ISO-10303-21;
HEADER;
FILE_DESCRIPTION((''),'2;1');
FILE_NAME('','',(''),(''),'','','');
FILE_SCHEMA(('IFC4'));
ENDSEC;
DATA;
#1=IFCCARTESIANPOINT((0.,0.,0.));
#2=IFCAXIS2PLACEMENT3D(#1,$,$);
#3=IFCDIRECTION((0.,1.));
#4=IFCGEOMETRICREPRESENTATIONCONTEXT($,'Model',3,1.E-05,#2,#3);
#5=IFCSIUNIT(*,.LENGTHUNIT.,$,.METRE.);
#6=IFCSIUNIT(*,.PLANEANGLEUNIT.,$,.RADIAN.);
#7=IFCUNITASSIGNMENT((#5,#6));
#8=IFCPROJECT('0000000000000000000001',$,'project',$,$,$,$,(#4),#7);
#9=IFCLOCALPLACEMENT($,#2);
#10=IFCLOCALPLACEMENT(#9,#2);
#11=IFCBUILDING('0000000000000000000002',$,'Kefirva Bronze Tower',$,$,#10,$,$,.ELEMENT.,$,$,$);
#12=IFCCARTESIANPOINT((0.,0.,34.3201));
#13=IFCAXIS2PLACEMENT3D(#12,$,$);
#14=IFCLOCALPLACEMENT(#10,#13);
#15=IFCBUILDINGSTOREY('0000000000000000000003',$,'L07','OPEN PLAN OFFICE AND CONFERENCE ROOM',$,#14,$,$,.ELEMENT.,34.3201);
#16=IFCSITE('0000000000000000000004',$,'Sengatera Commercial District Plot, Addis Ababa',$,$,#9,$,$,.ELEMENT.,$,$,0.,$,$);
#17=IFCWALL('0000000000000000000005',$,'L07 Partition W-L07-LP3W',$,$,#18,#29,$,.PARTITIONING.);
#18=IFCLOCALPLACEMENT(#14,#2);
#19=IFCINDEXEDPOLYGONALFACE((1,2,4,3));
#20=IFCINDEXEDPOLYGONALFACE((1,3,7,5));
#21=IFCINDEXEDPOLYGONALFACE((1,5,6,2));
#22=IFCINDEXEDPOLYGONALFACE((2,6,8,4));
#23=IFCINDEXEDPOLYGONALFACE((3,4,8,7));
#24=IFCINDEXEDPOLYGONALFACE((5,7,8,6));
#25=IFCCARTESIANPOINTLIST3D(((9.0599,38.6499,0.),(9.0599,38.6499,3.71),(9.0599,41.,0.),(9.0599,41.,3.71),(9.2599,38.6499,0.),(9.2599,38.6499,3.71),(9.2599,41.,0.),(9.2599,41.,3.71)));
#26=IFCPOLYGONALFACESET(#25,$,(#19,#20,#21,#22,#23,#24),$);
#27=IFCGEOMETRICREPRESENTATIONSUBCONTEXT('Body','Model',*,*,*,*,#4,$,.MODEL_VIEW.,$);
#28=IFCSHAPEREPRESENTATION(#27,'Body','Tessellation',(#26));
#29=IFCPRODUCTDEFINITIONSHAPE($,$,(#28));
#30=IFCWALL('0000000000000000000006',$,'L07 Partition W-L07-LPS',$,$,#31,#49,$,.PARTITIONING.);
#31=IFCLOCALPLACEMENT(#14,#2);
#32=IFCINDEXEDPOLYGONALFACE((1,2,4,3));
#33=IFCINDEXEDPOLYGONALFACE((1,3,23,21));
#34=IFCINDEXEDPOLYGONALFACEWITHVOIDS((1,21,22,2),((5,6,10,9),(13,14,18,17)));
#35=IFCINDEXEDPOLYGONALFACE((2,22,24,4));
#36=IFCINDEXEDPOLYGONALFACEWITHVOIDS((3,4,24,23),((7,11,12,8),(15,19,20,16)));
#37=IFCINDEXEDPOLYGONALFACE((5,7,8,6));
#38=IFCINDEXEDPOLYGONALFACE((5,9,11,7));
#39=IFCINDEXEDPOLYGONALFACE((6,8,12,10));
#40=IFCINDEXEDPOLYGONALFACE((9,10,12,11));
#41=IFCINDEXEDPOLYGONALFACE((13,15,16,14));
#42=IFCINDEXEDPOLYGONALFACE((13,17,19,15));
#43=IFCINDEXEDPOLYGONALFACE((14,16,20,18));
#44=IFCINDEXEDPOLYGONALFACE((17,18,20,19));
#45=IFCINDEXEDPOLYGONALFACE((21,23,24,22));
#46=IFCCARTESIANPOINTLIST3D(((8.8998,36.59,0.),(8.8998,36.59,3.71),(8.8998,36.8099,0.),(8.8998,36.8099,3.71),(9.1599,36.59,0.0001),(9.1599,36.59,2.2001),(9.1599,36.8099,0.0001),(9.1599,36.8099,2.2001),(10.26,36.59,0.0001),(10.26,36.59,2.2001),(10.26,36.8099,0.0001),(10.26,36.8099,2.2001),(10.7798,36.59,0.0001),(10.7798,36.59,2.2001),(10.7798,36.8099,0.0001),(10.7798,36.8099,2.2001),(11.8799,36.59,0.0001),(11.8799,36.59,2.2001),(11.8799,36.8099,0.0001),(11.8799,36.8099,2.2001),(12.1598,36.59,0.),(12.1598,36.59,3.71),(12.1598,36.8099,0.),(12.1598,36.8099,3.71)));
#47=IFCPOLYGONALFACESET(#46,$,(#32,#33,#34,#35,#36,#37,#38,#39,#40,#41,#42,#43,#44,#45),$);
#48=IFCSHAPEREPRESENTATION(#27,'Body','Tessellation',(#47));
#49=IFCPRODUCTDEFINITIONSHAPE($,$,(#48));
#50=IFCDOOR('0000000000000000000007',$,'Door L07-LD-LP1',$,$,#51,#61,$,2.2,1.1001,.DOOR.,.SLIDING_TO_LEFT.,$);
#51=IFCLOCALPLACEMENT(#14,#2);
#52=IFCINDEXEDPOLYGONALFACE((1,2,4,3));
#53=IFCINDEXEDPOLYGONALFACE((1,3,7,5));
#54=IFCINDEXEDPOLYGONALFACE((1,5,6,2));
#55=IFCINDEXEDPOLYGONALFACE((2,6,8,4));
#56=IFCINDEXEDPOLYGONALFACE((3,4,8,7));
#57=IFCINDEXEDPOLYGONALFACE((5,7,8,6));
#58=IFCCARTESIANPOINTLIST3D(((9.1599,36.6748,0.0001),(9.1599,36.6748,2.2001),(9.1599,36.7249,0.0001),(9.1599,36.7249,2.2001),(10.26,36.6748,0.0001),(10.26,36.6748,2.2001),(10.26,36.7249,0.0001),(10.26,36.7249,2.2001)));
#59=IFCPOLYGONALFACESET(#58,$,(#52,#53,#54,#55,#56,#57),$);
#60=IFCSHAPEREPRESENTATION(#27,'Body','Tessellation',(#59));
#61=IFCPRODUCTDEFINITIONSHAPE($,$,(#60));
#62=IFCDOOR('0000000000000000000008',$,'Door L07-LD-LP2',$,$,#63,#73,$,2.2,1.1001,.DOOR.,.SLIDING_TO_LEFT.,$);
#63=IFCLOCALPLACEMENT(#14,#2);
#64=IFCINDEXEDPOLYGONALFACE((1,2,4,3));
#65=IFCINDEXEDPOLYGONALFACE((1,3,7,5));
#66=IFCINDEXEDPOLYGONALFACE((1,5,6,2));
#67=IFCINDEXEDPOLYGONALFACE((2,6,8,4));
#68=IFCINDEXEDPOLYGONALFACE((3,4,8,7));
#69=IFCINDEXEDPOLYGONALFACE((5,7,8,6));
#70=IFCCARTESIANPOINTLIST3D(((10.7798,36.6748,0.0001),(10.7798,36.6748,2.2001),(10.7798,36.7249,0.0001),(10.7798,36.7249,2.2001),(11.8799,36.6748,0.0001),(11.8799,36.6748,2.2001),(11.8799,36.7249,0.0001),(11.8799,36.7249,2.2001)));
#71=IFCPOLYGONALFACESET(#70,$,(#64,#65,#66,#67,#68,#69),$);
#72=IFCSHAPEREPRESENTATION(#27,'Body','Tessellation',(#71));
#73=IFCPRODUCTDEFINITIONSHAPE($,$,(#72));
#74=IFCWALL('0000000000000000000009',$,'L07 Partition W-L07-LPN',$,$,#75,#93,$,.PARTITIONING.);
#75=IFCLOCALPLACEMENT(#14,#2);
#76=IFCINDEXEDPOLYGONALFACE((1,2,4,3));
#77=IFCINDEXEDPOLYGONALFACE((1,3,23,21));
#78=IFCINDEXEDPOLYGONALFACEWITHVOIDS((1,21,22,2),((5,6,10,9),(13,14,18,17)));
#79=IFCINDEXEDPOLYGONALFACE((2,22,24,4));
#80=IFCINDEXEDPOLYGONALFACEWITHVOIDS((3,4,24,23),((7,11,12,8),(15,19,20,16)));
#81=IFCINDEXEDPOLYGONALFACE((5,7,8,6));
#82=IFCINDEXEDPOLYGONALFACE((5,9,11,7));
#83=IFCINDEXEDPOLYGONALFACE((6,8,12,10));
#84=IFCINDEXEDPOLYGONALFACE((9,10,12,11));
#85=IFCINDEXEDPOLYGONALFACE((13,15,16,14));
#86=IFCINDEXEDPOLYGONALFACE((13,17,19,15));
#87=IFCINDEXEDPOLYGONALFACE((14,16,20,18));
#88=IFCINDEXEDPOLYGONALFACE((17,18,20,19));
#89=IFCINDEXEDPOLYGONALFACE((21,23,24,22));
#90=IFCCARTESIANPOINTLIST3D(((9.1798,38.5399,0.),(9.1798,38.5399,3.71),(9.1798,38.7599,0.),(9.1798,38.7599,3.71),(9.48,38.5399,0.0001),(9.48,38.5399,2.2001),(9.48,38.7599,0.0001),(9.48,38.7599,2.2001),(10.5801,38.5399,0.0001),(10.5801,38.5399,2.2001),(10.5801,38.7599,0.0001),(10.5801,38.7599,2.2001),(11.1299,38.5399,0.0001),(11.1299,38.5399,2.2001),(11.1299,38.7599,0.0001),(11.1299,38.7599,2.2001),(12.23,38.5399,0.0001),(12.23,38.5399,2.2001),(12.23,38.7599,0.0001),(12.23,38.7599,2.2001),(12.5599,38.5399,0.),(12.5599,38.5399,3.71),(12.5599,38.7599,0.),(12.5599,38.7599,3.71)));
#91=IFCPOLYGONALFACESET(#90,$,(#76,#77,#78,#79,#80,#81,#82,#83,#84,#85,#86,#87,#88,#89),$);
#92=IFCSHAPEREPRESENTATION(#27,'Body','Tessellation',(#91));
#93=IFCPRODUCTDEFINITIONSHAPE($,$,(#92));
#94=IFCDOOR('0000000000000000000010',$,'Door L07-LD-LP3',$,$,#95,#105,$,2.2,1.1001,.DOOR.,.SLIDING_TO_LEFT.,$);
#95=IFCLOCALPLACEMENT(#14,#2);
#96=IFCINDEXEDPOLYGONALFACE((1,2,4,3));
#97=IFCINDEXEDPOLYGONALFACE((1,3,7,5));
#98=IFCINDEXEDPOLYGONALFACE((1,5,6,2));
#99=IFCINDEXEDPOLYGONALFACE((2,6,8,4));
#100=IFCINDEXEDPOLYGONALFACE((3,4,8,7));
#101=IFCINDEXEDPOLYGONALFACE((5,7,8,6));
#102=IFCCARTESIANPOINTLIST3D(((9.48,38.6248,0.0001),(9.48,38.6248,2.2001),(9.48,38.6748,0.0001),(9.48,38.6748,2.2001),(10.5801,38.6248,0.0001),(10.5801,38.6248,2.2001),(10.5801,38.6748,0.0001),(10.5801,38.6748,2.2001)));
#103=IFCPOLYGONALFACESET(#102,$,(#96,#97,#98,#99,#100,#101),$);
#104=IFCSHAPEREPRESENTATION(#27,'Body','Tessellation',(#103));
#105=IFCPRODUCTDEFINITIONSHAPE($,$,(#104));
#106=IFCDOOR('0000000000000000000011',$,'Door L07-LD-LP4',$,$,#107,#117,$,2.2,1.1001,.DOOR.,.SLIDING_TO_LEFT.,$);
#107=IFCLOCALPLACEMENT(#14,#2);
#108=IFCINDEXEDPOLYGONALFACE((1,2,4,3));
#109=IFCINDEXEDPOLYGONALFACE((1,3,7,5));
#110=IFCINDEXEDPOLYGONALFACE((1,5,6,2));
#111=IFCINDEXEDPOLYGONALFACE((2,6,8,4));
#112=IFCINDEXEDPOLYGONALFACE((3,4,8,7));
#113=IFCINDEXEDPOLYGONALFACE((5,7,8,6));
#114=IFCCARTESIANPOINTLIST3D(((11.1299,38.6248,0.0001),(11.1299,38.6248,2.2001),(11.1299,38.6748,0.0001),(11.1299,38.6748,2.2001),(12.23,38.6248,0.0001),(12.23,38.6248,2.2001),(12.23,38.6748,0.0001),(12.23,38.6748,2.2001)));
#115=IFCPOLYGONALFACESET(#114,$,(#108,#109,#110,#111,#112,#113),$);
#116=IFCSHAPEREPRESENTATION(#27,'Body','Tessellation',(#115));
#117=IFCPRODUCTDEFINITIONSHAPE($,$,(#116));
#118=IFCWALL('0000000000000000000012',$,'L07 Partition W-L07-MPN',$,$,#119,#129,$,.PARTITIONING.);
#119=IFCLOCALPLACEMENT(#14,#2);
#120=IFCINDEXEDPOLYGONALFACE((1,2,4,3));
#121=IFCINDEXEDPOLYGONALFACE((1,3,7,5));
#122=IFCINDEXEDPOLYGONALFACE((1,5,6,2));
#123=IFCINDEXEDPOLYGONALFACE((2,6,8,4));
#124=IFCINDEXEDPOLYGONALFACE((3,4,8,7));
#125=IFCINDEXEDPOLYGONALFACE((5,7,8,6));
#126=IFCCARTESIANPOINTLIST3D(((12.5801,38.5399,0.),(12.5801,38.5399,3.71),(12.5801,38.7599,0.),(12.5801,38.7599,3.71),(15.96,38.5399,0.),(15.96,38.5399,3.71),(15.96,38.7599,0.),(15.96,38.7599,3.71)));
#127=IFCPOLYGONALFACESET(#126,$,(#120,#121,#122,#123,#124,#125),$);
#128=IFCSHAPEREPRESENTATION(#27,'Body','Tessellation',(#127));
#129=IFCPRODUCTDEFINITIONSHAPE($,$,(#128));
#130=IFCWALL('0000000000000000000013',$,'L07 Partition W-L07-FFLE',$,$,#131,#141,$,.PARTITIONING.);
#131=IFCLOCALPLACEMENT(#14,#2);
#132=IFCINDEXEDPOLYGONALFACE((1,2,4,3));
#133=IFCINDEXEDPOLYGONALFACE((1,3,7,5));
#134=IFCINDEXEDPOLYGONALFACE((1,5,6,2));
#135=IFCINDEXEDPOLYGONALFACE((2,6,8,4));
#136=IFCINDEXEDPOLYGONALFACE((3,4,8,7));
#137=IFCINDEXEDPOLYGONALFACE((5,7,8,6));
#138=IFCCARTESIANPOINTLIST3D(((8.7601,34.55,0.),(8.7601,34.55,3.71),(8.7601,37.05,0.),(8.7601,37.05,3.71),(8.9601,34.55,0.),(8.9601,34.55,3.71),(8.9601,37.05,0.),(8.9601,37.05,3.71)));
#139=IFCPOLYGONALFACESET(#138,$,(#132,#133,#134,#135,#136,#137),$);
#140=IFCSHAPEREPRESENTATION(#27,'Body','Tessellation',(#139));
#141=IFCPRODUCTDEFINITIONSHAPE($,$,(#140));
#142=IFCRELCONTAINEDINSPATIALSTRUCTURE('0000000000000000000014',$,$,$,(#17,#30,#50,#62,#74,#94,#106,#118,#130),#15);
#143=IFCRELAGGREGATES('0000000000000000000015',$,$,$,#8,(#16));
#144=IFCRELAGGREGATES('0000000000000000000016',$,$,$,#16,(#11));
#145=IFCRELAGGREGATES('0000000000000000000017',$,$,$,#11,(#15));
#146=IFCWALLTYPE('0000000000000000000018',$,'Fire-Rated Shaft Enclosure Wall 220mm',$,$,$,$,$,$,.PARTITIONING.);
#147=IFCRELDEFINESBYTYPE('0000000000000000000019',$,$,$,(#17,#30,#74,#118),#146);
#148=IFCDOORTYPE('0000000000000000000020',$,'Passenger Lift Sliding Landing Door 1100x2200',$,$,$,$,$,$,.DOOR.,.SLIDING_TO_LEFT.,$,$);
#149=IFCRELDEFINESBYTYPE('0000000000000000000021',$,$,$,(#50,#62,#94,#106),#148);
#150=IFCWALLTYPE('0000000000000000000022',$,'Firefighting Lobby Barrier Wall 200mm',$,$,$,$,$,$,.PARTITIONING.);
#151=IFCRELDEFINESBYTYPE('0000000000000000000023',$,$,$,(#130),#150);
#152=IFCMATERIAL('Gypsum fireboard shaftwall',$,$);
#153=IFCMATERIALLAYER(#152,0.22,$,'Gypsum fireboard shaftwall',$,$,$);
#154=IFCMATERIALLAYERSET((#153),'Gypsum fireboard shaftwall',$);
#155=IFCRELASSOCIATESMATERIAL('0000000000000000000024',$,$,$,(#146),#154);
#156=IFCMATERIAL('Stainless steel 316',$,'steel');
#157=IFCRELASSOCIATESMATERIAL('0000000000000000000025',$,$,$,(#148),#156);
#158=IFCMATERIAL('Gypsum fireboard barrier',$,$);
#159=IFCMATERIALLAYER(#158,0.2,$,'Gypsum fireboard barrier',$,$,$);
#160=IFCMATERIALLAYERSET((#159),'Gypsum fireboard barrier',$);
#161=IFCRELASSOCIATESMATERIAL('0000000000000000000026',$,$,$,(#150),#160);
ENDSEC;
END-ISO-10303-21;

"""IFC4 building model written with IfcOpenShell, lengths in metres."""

from ifc_helpers import new_model, si_unit, direction, frame, frame_2d, origin, place, context, subcontext, project, spatial, rectangle, extrude, material, layer, layer_set, type_object, element, fill, save


model = new_model("IFC4")

# Units and contexts
model_context = context("Model", 3, precision=1e-05, world=origin(), true_north=direction((0.0, 1.0)))
body_context = subcontext(model_context, "Body", "Model", "MODEL_VIEW")
ifc_project = project(units=[si_unit("LENGTHUNIT", "METRE"), si_unit("PLANEANGLEUNIT", "RADIAN")], contexts=[model_context])

# Site, building, storey
site_placement = place(None, origin())
site = spatial("IfcSite", under=ifc_project, at=site_placement, Name="Sengatera Commercial District Plot, Addis Ababa", CompositionType="ELEMENT", RefElevation=0.0)
building_placement = place(site_placement, origin())
building = spatial("IfcBuilding", under=site, at=building_placement, Name="Kefirva Bronze Tower", CompositionType="ELEMENT")
storey_placement = place(building_placement, frame((0.0, 0.0, 34.3201)))
storey = spatial("IfcBuildingStorey", under=building, at=storey_placement, Name="L07", Description="OPEN PLAN OFFICE AND CONFERENCE ROOM", CompositionType="ELEMENT", Elevation=34.3201)

# Shared definitions
ifc_material_1 = material(Name="Gypsum fireboard shaftwall")
ifc_layer_1 = layer(ifc_material_1, 0.22, Name="Gypsum fireboard shaftwall")
ifc_layer_set_1 = layer_set([ifc_layer_1], Name="Gypsum fireboard shaftwall")
wall_type_1 = type_object("IfcWallType", Name="Fire-Rated Shaft Enclosure Wall 220mm", PredefinedType="PARTITIONING", material=ifc_layer_set_1)
ifc_material_2 = material(Name="Stainless steel 316", Category="steel")

# Wall
wall_1_placement = place(storey_placement, frame((9.1599, 38.6499, 0.0), z_axis=(0.0, 0.0, 1.0), x_axis=(0.0, 1.0, 0.0)))
element("IfcWall", 1, at=wall_1_placement, inside=storey, type_object=wall_type_1, Name="L07 Partition W-L07-LP3W", PredefinedType="PARTITIONING", context=body_context, shape_type="SweptSolid", body=[
    extrude(rectangle(XDim=2.3501, YDim=0.2, at=frame_2d((1.175, 0.0))), origin(), (0.0, 0.0, 1.0), 3.71),
])

# Walls, openings, doors
wall_2_placement = place(storey_placement, frame((8.8999, 36.7, 0.0), z_axis=(0.0, 0.0, 1.0), x_axis=(1.0, 0.0, 0.0)))
wall_2 = element("IfcWall", 2, at=wall_2_placement, inside=storey, type_object=wall_type_1, Name="L07 Partition W-L07-LPS", PredefinedType="PARTITIONING", context=body_context, shape_type="SweptSolid", body=[
    extrude(rectangle(XDim=3.26, YDim=0.22, at=frame_2d((1.6299, 0.0))), origin(), (0.0, 0.0, 1.0), 3.71),
])
opening_1_placement = place(wall_2_placement, frame((0.26, 0.0, 0.0)))
opening_1 = element("IfcOpeningElement", 3, at=opening_1_placement, cuts=wall_2, PredefinedType="OPENING", context=body_context, shape_type="SweptSolid", body=[
    extrude(rectangle(XDim=1.1001, YDim=2.2, at=frame_2d((0.55, 1.1001))), frame((0.0, 0.1201, 0.0), z_axis=(0.0, -1.0, 0.0), x_axis=(1.0, 0.0, 0.0)), (0.0, 0.0, 1.0), 0.24),
])
opening_2_placement = place(wall_2_placement, frame((1.8799, 0.0, 0.0)))
opening_2 = element("IfcOpeningElement", 4, at=opening_2_placement, cuts=wall_2, PredefinedType="OPENING", context=body_context, shape_type="SweptSolid", body=[
    extrude(rectangle(XDim=1.1001, YDim=2.2, at=frame_2d((0.55, 1.1001))), frame((0.0, 0.1201, 0.0), z_axis=(0.0, -1.0, 0.0), x_axis=(1.0, 0.0, 0.0)), (0.0, 0.0, 1.0), 0.24),
])
door_type_1 = type_object("IfcDoorType", Name="Passenger Lift Sliding Landing Door 1100x2200", OperationType="SLIDING_TO_LEFT", PredefinedType="DOOR", material=ifc_material_2)
door_1_placement = place(opening_1_placement, origin())
door_1 = element("IfcDoor", 5, at=door_1_placement, inside=storey, type_object=door_type_1, Name="Door L07-LD-LP1", OperationType="SLIDING_TO_LEFT", OverallHeight=2.2, OverallWidth=1.1001, PredefinedType="DOOR", context=body_context, shape_type="SweptSolid", body=[
    extrude(rectangle(XDim=1.1001, YDim=2.2, at=frame_2d((0.55, 1.1001))), frame((0.0, 0.0249, 0.0), z_axis=(0.0, -1.0, 0.0), x_axis=(1.0, 0.0, 0.0)), (0.0, 0.0, 1.0), 0.05),
])
fill(opening_1, door_1)
door_2_placement = place(opening_2_placement, origin())
door_2 = element("IfcDoor", 6, at=door_2_placement, inside=storey, type_object=door_type_1, Name="Door L07-LD-LP2", OperationType="SLIDING_TO_LEFT", OverallHeight=2.2, OverallWidth=1.1001, PredefinedType="DOOR", context=body_context, shape_type="SweptSolid", body=[
    extrude(rectangle(XDim=1.1001, YDim=2.2, at=frame_2d((0.55, 1.1001))), frame((0.0, 0.0249, 0.0), z_axis=(0.0, -1.0, 0.0), x_axis=(1.0, 0.0, 0.0)), (0.0, 0.0, 1.0), 0.05),
])
fill(opening_2, door_2)
wall_3_placement = place(storey_placement, frame((9.1799, 38.6499, 0.0), z_axis=(0.0, 0.0, 1.0), x_axis=(1.0, 0.0, 0.0)))
wall_3 = element("IfcWall", 7, at=wall_3_placement, inside=storey, type_object=wall_type_1, Name="L07 Partition W-L07-LPN", PredefinedType="PARTITIONING", context=body_context, shape_type="SweptSolid", body=[
    extrude(rectangle(XDim=3.3801, YDim=0.22, at=frame_2d((1.6899, 0.0))), origin(), (0.0, 0.0, 1.0), 3.71),
])
opening_3_placement = place(wall_3_placement, frame((0.3, 0.0, 0.0)))
opening_3 = element("IfcOpeningElement", 8, at=opening_3_placement, cuts=wall_3, PredefinedType="OPENING", context=body_context, shape_type="SweptSolid", body=[
    extrude(rectangle(XDim=1.1001, YDim=2.2, at=frame_2d((0.55, 1.1001))), frame((0.0, 0.1201, 0.0), z_axis=(0.0, -1.0, 0.0), x_axis=(1.0, 0.0, 0.0)), (0.0, 0.0, 1.0), 0.24),
])
opening_4_placement = place(wall_3_placement, frame((1.95, 0.0, 0.0)))
opening_4 = element("IfcOpeningElement", 9, at=opening_4_placement, cuts=wall_3, PredefinedType="OPENING", context=body_context, shape_type="SweptSolid", body=[
    extrude(rectangle(XDim=1.1001, YDim=2.2, at=frame_2d((0.55, 1.1001))), frame((0.0, 0.1201, 0.0), z_axis=(0.0, -1.0, 0.0), x_axis=(1.0, 0.0, 0.0)), (0.0, 0.0, 1.0), 0.24),
])
door_3_placement = place(opening_3_placement, origin())
door_3 = element("IfcDoor", 10, at=door_3_placement, inside=storey, type_object=door_type_1, Name="Door L07-LD-LP3", OperationType="SLIDING_TO_LEFT", OverallHeight=2.2, OverallWidth=1.1001, PredefinedType="DOOR", context=body_context, shape_type="SweptSolid", body=[
    extrude(rectangle(XDim=1.1001, YDim=2.2, at=frame_2d((0.55, 1.1001))), frame((0.0, 0.0249, 0.0), z_axis=(0.0, -1.0, 0.0), x_axis=(1.0, 0.0, 0.0)), (0.0, 0.0, 1.0), 0.05),
])
fill(opening_3, door_3)
door_4_placement = place(opening_4_placement, origin())
door_4 = element("IfcDoor", 11, at=door_4_placement, inside=storey, type_object=door_type_1, Name="Door L07-LD-LP4", OperationType="SLIDING_TO_LEFT", OverallHeight=2.2, OverallWidth=1.1001, PredefinedType="DOOR", context=body_context, shape_type="SweptSolid", body=[
    extrude(rectangle(XDim=1.1001, YDim=2.2, at=frame_2d((0.55, 1.1001))), frame((0.0, 0.0249, 0.0), z_axis=(0.0, -1.0, 0.0), x_axis=(1.0, 0.0, 0.0)), (0.0, 0.0, 1.0), 0.05),
])
fill(opening_4, door_4)

# Walls
wall_4_placement = place(storey_placement, frame((12.5801, 38.6499, 0.0), z_axis=(0.0, 0.0, 1.0), x_axis=(1.0, 0.0, 0.0)))
element("IfcWall", 12, at=wall_4_placement, inside=storey, type_object=wall_type_1, Name="L07 Partition W-L07-MPN", PredefinedType="PARTITIONING", context=body_context, shape_type="SweptSolid", body=[
    extrude(rectangle(XDim=3.3799, YDim=0.22, at=frame_2d((1.6899, 0.0))), origin(), (0.0, 0.0, 1.0), 3.71),
])
ifc_material_3 = material(Name="Gypsum fireboard barrier")
ifc_layer_2 = layer(ifc_material_3, 0.2, Name="Gypsum fireboard barrier")
ifc_layer_set_2 = layer_set([ifc_layer_2], Name="Gypsum fireboard barrier")
wall_type_2 = type_object("IfcWallType", Name="Firefighting Lobby Barrier Wall 200mm", PredefinedType="PARTITIONING", material=ifc_layer_set_2)
wall_5_placement = place(storey_placement, frame((8.8601, 34.55, 0.0), z_axis=(0.0, 0.0, 1.0), x_axis=(0.0, 1.0, 0.0)))
element("IfcWall", 13, at=wall_5_placement, inside=storey, type_object=wall_type_2, Name="L07 Partition W-L07-FFLE", PredefinedType="PARTITIONING", context=body_context, shape_type="SweptSolid", body=[
    extrude(rectangle(XDim=2.5, YDim=0.2, at=frame_2d((1.25, 0.0))), origin(), (0.0, 0.0, 1.0), 3.71),
])

save(model, "model.ifc")
